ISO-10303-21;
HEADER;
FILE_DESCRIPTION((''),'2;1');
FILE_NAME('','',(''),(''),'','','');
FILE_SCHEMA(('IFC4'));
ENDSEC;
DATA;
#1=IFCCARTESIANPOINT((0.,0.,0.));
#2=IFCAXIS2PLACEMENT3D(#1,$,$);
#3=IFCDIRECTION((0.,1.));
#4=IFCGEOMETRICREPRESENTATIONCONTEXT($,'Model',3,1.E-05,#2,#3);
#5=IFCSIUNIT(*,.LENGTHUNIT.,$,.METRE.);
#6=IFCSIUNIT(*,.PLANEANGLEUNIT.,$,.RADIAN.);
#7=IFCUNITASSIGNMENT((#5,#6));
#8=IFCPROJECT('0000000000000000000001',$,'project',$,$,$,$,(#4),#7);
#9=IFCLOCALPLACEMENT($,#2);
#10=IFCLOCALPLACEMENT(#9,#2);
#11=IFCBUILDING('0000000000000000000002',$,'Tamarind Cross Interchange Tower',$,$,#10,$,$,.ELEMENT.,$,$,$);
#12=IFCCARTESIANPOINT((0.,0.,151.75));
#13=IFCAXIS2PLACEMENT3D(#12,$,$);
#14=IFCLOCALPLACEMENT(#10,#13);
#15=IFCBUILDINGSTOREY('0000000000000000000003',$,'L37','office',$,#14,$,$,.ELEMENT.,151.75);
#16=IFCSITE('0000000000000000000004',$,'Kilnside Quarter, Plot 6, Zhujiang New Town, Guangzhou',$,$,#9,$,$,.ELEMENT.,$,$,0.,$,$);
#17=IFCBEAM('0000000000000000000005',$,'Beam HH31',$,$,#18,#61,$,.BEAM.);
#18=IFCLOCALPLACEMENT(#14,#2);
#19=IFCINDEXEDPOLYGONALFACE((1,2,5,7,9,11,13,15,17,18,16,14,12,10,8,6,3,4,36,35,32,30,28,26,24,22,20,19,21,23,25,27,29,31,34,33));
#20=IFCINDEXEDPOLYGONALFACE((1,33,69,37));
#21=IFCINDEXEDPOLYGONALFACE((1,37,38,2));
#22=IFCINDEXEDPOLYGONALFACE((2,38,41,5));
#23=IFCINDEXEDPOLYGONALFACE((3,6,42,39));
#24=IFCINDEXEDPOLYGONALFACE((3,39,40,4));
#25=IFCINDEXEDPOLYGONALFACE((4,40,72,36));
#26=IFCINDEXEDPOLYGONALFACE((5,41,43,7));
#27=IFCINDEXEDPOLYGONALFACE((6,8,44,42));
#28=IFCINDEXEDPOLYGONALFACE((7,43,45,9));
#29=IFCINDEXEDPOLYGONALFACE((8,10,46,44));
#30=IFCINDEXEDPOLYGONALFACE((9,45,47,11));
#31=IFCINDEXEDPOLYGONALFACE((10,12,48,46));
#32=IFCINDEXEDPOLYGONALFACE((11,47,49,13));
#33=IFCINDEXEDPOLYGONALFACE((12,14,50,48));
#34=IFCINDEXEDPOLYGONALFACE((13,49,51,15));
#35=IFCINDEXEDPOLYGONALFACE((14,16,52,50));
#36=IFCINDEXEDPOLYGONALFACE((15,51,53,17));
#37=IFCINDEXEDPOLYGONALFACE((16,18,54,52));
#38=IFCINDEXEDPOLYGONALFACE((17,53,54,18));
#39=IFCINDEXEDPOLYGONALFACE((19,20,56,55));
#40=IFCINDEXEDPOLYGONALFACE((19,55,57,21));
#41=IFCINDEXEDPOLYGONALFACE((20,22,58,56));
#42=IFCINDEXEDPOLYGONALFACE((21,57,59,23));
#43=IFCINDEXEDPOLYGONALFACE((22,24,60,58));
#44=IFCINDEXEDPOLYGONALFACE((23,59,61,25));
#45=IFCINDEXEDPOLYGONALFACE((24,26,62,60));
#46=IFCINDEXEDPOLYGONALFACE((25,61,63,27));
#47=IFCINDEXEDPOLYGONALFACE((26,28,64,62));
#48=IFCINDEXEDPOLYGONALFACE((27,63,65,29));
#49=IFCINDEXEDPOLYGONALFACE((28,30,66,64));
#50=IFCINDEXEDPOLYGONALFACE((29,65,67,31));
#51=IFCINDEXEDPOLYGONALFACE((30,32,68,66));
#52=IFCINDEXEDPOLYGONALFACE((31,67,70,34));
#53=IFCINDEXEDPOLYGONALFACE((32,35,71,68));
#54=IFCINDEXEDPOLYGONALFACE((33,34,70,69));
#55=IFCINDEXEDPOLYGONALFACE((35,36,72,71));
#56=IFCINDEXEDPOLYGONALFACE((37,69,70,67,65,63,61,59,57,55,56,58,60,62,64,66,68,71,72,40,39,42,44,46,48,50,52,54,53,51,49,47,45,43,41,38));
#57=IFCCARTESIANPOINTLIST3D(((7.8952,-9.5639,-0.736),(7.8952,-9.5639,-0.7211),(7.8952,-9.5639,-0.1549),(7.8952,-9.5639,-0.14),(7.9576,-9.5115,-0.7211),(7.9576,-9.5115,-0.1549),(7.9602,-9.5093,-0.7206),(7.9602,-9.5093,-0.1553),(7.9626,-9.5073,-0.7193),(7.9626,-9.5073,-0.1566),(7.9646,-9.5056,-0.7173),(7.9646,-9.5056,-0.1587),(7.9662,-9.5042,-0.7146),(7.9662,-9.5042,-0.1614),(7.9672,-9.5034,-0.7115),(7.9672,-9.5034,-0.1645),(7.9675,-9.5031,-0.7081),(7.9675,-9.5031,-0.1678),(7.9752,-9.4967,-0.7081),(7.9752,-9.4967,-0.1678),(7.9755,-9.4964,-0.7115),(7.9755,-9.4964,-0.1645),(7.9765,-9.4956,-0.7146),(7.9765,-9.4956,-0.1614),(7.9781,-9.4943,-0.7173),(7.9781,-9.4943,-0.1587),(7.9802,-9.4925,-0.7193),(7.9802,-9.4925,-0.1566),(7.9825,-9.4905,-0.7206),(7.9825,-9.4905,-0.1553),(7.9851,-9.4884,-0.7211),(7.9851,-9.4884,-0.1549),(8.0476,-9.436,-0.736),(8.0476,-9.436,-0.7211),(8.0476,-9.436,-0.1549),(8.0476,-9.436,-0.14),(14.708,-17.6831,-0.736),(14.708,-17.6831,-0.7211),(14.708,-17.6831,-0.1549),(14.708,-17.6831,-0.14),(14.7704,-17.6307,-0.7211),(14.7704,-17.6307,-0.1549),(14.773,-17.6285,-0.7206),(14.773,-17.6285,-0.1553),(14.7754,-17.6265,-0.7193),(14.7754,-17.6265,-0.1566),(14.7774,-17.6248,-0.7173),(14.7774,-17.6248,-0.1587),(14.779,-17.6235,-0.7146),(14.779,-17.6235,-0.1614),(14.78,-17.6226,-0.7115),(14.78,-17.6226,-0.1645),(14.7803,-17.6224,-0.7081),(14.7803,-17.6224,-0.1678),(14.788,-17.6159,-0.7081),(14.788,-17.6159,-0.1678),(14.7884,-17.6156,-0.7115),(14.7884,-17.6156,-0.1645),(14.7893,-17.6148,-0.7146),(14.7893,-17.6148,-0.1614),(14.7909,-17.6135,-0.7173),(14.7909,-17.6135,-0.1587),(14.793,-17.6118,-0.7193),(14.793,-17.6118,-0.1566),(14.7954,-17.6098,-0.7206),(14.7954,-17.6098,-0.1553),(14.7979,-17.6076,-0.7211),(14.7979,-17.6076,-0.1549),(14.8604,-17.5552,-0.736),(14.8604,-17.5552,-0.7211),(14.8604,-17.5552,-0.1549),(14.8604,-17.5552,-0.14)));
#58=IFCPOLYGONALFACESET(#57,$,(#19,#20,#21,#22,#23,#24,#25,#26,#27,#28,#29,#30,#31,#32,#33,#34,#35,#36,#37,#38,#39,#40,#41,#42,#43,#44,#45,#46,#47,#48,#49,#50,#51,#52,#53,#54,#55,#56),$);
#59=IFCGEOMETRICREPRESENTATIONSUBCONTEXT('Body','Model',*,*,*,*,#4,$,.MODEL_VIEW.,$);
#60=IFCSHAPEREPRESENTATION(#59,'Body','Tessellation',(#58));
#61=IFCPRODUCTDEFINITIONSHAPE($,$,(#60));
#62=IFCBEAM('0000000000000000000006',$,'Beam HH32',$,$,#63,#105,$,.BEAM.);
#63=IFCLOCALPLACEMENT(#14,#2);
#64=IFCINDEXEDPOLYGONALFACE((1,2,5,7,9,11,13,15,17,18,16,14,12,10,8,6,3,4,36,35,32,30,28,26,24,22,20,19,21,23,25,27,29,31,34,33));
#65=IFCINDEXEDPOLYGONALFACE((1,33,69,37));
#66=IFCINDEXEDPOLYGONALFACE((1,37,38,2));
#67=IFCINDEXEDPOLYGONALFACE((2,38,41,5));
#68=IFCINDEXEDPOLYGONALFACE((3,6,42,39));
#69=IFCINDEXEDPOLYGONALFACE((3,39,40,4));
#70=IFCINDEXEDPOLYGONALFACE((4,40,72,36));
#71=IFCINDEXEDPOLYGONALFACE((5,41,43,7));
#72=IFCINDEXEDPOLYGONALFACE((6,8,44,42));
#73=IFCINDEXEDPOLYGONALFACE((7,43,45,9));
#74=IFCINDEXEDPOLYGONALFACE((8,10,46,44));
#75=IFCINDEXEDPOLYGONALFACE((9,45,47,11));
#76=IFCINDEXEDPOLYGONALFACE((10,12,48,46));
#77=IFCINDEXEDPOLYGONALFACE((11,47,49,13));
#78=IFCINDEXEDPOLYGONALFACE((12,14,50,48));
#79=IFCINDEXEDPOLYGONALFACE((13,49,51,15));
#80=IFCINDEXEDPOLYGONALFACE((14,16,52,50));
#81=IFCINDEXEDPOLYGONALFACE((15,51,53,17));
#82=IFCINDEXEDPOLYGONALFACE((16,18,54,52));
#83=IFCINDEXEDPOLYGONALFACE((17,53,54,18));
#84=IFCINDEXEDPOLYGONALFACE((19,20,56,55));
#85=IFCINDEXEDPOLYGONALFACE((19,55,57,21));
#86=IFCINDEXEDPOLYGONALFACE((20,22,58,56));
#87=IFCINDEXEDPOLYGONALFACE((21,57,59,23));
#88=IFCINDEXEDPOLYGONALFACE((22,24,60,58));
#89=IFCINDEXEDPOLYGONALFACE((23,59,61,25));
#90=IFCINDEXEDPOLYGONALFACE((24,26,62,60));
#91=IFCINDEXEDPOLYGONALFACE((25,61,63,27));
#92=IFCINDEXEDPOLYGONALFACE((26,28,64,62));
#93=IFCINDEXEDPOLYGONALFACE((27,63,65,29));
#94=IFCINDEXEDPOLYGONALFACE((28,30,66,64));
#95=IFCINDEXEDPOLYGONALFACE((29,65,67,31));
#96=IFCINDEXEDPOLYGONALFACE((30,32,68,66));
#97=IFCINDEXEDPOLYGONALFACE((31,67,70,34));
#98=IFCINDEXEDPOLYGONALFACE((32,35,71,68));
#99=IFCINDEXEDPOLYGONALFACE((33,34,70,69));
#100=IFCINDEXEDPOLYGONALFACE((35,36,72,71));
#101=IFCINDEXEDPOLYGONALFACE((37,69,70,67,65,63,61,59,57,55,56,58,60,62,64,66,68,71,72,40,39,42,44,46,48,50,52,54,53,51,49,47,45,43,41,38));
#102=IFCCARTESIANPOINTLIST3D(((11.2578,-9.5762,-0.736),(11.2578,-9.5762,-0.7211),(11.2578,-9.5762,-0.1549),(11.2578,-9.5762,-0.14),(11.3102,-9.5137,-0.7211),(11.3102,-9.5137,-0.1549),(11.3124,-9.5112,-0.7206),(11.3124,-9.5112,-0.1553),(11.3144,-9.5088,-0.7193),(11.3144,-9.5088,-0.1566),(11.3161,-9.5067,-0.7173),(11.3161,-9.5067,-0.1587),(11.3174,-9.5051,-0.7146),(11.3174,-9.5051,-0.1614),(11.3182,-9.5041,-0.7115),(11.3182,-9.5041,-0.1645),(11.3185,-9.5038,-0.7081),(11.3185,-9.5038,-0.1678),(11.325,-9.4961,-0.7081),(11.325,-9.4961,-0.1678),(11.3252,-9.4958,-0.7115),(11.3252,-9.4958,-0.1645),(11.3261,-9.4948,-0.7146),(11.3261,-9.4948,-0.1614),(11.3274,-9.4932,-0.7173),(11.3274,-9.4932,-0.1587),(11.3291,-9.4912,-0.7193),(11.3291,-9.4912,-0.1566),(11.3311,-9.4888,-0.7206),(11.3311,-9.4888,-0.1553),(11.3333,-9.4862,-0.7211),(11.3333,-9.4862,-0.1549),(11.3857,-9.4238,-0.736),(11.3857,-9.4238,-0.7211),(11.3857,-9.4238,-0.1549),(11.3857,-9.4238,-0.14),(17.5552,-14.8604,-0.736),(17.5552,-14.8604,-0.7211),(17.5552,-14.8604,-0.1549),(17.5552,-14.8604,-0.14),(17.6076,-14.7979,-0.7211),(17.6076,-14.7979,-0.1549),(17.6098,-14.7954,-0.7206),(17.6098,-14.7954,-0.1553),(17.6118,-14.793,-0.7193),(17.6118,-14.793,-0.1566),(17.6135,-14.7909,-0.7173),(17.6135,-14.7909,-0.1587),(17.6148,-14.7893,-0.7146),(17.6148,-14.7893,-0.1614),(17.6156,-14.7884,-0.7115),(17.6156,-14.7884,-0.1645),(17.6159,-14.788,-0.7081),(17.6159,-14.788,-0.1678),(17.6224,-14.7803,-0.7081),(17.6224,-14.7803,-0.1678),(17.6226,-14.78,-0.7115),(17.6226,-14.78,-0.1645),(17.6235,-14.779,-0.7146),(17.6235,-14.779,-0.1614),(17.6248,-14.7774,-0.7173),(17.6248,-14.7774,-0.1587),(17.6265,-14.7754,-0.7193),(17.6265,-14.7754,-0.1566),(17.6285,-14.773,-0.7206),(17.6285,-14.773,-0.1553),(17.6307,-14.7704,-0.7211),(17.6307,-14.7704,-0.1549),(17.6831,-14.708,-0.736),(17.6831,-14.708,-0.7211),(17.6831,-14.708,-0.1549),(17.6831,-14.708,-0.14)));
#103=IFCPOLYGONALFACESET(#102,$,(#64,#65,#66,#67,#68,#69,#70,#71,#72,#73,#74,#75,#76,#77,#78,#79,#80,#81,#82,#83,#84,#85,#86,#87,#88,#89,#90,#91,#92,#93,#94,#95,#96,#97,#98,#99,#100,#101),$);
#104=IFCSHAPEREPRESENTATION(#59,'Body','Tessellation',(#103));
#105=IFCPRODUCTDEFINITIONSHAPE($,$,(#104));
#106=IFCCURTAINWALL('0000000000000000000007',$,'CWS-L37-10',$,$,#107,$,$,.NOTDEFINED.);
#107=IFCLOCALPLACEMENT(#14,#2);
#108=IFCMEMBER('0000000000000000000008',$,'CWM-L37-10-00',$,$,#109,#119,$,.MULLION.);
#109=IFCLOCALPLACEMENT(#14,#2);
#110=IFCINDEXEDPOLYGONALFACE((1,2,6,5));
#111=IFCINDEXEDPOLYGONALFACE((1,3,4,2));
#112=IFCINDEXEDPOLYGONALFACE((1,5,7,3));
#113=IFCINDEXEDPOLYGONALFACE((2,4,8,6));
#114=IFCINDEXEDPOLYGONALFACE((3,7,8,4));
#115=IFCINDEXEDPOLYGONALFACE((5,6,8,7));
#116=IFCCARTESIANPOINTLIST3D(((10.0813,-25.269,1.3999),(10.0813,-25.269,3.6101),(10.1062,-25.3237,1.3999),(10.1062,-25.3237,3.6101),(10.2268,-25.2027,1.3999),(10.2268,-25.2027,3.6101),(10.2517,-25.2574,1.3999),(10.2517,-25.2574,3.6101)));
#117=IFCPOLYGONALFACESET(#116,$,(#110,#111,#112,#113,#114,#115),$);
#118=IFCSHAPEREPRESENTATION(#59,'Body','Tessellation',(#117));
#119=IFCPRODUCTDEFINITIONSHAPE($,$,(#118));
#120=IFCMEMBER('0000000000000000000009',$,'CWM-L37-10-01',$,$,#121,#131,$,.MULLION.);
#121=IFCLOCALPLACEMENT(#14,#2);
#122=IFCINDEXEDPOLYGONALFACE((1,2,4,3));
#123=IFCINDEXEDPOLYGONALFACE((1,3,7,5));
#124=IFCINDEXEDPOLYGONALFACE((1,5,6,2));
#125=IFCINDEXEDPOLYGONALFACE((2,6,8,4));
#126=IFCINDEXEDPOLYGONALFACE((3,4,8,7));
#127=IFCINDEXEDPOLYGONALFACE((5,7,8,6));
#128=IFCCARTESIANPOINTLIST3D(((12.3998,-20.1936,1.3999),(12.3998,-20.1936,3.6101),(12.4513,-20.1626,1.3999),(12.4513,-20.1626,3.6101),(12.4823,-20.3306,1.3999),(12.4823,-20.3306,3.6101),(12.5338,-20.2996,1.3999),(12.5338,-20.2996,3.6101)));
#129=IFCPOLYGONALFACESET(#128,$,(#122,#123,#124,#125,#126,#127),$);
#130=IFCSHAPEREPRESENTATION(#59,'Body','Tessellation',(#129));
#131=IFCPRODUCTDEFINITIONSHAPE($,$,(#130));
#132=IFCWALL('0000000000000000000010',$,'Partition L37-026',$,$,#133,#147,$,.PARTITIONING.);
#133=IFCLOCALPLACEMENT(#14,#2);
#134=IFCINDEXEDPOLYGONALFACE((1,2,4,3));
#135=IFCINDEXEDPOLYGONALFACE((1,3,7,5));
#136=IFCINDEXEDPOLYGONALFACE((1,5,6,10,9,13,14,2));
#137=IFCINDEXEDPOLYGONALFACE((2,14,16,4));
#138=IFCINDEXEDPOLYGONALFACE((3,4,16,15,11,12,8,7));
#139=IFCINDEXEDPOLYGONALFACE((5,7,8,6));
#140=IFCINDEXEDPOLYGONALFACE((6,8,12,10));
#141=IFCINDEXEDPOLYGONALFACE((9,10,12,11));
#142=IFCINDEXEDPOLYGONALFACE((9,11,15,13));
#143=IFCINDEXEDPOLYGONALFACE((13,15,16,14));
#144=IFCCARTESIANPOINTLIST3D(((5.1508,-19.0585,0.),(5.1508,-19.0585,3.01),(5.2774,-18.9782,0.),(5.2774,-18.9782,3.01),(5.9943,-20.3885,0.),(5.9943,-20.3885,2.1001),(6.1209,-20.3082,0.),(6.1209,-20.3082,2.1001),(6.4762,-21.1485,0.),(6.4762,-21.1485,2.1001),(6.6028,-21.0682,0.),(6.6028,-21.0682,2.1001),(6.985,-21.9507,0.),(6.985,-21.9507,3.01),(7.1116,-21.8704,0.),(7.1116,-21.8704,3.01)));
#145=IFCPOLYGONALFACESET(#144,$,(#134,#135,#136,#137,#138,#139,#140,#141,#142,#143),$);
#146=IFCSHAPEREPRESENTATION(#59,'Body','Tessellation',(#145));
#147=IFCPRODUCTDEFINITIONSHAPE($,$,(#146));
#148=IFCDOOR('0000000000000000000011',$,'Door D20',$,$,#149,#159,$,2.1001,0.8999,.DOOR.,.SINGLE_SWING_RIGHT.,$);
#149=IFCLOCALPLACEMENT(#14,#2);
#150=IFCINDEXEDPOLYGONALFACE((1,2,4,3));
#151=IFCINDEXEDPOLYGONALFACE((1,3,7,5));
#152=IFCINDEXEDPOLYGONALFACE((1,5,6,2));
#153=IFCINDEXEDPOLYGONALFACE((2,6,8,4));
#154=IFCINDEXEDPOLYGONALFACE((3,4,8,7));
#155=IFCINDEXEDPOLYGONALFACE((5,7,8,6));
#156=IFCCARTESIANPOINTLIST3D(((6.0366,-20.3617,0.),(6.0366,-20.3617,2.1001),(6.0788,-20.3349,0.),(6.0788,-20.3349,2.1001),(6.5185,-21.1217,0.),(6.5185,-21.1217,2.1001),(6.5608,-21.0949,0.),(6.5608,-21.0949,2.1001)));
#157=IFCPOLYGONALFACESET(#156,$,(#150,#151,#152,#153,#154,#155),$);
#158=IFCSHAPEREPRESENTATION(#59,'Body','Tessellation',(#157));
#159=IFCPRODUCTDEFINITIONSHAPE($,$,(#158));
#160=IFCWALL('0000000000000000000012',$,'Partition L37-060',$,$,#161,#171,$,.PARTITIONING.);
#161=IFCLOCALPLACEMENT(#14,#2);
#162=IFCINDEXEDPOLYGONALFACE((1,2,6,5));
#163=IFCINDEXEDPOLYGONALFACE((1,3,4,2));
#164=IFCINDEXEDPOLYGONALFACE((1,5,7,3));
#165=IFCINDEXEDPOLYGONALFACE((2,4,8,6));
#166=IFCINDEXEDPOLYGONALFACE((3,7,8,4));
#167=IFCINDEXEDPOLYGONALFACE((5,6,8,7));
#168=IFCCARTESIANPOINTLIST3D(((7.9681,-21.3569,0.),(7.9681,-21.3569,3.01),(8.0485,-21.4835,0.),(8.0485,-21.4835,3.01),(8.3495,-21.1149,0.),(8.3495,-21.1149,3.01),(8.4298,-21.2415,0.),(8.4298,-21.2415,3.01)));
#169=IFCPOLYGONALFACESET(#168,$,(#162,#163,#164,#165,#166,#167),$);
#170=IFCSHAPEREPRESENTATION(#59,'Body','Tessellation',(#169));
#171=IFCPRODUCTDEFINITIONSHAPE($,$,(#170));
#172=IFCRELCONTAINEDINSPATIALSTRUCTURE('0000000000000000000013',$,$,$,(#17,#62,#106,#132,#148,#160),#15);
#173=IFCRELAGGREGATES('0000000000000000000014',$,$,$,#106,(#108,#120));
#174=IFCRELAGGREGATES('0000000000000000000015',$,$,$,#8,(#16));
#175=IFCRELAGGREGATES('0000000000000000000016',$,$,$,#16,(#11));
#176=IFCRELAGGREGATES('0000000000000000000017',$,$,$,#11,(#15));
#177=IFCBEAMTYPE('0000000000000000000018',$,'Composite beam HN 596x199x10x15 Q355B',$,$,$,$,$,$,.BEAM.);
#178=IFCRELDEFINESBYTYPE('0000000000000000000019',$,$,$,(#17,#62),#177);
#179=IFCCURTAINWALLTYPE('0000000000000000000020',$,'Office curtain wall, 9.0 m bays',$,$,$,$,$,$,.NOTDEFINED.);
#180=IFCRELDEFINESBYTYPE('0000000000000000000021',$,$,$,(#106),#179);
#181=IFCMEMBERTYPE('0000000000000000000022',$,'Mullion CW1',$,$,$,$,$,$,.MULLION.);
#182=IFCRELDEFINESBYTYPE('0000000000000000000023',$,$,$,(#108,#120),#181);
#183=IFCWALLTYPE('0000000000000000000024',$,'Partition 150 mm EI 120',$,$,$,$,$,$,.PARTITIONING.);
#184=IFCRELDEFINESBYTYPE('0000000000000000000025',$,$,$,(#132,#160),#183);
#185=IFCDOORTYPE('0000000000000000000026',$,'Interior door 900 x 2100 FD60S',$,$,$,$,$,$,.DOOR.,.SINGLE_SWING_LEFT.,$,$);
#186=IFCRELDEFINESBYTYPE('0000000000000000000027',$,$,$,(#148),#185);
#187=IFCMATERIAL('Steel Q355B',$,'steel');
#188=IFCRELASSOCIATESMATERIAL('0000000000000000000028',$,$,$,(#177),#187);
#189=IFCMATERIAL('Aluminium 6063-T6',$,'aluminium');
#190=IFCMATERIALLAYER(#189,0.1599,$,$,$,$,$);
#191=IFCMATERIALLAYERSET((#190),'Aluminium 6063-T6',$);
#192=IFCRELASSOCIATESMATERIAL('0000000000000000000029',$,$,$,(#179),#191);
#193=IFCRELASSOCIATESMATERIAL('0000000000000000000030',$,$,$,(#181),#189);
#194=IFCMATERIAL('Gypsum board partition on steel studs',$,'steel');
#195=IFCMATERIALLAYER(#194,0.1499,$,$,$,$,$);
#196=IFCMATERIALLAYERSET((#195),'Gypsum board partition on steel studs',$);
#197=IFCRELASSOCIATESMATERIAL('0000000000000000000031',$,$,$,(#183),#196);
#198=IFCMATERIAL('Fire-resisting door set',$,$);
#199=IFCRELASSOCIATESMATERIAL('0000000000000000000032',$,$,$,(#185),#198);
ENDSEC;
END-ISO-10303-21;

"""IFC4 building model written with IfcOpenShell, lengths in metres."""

from ifc_helpers import new_model, si_unit, direction, frame, frame_2d, origin, origin_2d, place, context, subcontext, project, spatial, rectangle, i_section, extrude, material, layer, layer_set, material_profile, profile_set, type_object, element, fill, aggregate, save


model = new_model("IFC4")

# Units and contexts
model_context = context("Model", 3, precision=1e-05, world=origin(), true_north=direction((0.0, 1.0)))
body_context = subcontext(model_context, "Body", "Model", "MODEL_VIEW")
ifc_project = project(units=[si_unit("LENGTHUNIT", "METRE"), si_unit("PLANEANGLEUNIT", "RADIAN")], contexts=[model_context])

# Site, building, storey
site_placement = place(None, origin())
site = spatial("IfcSite", under=ifc_project, at=site_placement, Name="Kilnside Quarter, Plot 6, Zhujiang New Town, Guangzhou", CompositionType="ELEMENT", RefElevation=0.0)
building_placement = place(site_placement, origin())
building = spatial("IfcBuilding", under=site, at=building_placement, Name="Tamarind Cross Interchange Tower", CompositionType="ELEMENT")
storey_placement = place(building_placement, frame((0.0, 0.0, 151.75)))
storey = spatial("IfcBuildingStorey", under=building, at=storey_placement, Name="L37", Description="office", CompositionType="ELEMENT", Elevation=151.75)

# Beams
ifc_material_1 = material(Name="Steel Q355B", Category="steel")
ifc_material_profile_1 = material_profile(ifc_material_1, i_section(OverallWidth=0.199, OverallDepth=0.5959, WebThickness=0.01, FlangeThickness=0.0149, FilletRadius=0.0129, at=origin_2d()), Name="HN 596x199x10x15")
ifc_profile_set_1 = profile_set([ifc_material_profile_1], Name="Steel Q355B")
beam_type_1 = type_object("IfcBeamType", Name="Composite beam HN 596x199x10x15 Q355B", PredefinedType="BEAM", material=ifc_profile_set_1)
beam_1_placement = place(storey_placement, frame((14.7842, -17.6191, -0.438), z_axis=(-0.642786, 0.766046, 0.0), x_axis=(-0.766046, -0.642786, 0.0)))
element("IfcBeam", 1, at=beam_1_placement, inside=storey, type_object=beam_type_1, Name="Beam HH31", PredefinedType="BEAM", context=body_context, shape_type="SweptSolid", body=[
    extrude(i_section(OverallWidth=0.199, OverallDepth=0.5959, WebThickness=0.01, FlangeThickness=0.0149, FilletRadius=0.0129, at=origin_2d()), origin(), (0.0, 0.0, 1.0), 10.5989),
])
beam_2_placement = place(storey_placement, frame((17.6191, -14.7842, -0.438), z_axis=(-0.766041, 0.642792, 0.0), x_axis=(-0.642792, -0.766041, 0.0)))
element("IfcBeam", 2, at=beam_2_placement, inside=storey, type_object=beam_type_1, Name="Beam HH32", PredefinedType="BEAM", context=body_context, shape_type="SweptSolid", body=[
    extrude(i_section(OverallWidth=0.199, OverallDepth=0.5959, WebThickness=0.01, FlangeThickness=0.0149, FilletRadius=0.0129, at=origin_2d()), origin(), (0.0, 0.0, 1.0), 8.2207),
])

# Curtain wall, members
ifc_material_2 = material(Name="Aluminium 6063-T6", Category="aluminium")
ifc_layer_1 = layer(ifc_material_2, 0.1599)
ifc_layer_set_1 = layer_set([ifc_layer_1], Name="Aluminium 6063-T6")
curtain_wall_type = type_object("IfcCurtainWallType", Name="Office curtain wall, 9.0 m bays", PredefinedType="NOTDEFINED", material=ifc_layer_set_1)
curtain_wall_placement = place(storey_placement, origin())
curtain_wall = element("IfcCurtainWall", 3, at=curtain_wall_placement, inside=storey, type_object=curtain_wall_type, Name="CWS-L37-10", PredefinedType="NOTDEFINED")
ifc_material_profile_2 = material_profile(ifc_material_2, rectangle(XDim=0.0601, YDim=0.1599, at=origin_2d()), Name="Mullion CW1")
ifc_profile_set_2 = profile_set([ifc_material_profile_2], Name="Aluminium 6063-T6")
member_type = type_object("IfcMemberType", Name="Mullion CW1", PredefinedType="MULLION", material=ifc_profile_set_2)
member_1_placement = place(storey_placement, frame((10.1665, -25.2632, 1.3999), z_axis=(0.0, 0.0, 1.0), x_axis=(-0.414658, 0.909977, 0.0)))
member_1 = element("IfcMember", 4, at=member_1_placement, type_object=member_type, Name="CWM-L37-10-00", PredefinedType="MULLION", context=body_context, shape_type="SweptSolid", body=[
    extrude(rectangle(XDim=0.0601, YDim=0.1599, at=origin_2d()), origin(), (0.0, 0.0, 1.0), 2.2102),
])
member_2_placement = place(storey_placement, frame((12.4668, -20.2466, 1.3999), z_axis=(0.0, 0.0, 1.0), x_axis=(0.856648, 0.515901, 0.0)))
member_2 = element("IfcMember", 5, at=member_2_placement, type_object=member_type, Name="CWM-L37-10-01", PredefinedType="MULLION", context=body_context, shape_type="SweptSolid", body=[
    extrude(rectangle(XDim=0.0601, YDim=0.1599, at=origin_2d()), origin(), (0.0, 0.0, 1.0), 2.2102),
])
aggregate(curtain_wall, [member_1, member_2])

# Wall, opening, door
ifc_material_3 = material(Name="Gypsum board partition on steel studs", Category="steel")
ifc_layer_2 = layer(ifc_material_3, 0.1499)
ifc_layer_set_2 = layer_set([ifc_layer_2], Name="Gypsum board partition on steel studs")
wall_type = type_object("IfcWallType", Name="Partition 150 mm EI 120", PredefinedType="PARTITIONING", material=ifc_layer_set_2)
wall_1_placement = place(storey_placement, frame((5.2141, -19.0183, 0.0), z_axis=(0.0, 0.0, 1.0), x_axis=(0.535556, -0.8445, 0.0)))
wall_1 = element("IfcWall", 6, at=wall_1_placement, inside=storey, type_object=wall_type, Name="Partition L37-026", PredefinedType="PARTITIONING", context=body_context, shape_type="SweptSolid", body=[
    extrude(rectangle(XDim=3.4248, YDim=0.1499, at=frame_2d((1.7124, 0.0))), origin(), (0.0, 0.0, 1.0), 3.01),
])
opening_placement = place(wall_1_placement, frame((1.575, 0.0, 0.0)))
opening = element("IfcOpeningElement", 7, at=opening_placement, cuts=wall_1, PredefinedType="OPENING", context=body_context, shape_type="SweptSolid", body=[
    extrude(rectangle(XDim=0.8999, YDim=2.1001, at=frame_2d((0.45, 1.05))), frame((0.0, 0.085, 0.0), z_axis=(0.0, -1.0, 0.0), x_axis=(1.0, 0.0, 0.0)), (0.0, 0.0, 1.0), 0.1699),
])
ifc_material_4 = material(Name="Fire-resisting door set")
door_type = type_object("IfcDoorType", Name="Interior door 900 x 2100 FD60S", OperationType="SINGLE_SWING_LEFT", PredefinedType="DOOR", material=ifc_material_4)
door_placement = place(opening_placement, frame((0.8999, 0.0, 0.0), z_axis=(0.0, 0.0, 1.0), x_axis=(-1.0, 0.0, 0.0)))
door = element("IfcDoor", 8, at=door_placement, inside=storey, type_object=door_type, Name="Door D20", OperationType="SINGLE_SWING_RIGHT", OverallHeight=2.1001, OverallWidth=0.8999, PredefinedType="DOOR", context=body_context, shape_type="SweptSolid", body=[
    extrude(rectangle(XDim=0.8999, YDim=2.1001, at=frame_2d((0.45, 1.05))), frame((0.0, 0.0249, 0.0), z_axis=(0.0, -1.0, 0.0), x_axis=(1.0, 0.0, 0.0)), (0.0, 0.0, 1.0), 0.05),
])
fill(opening, door)

# Wall
wall_2_placement = place(storey_placement, frame((8.0083, -21.4202, 0.0), z_axis=(0.0, 0.0, 1.0), x_axis=(0.844395, 0.535721, 0.0)))
element("IfcWall", 9, at=wall_2_placement, inside=storey, type_object=wall_type, Name="Partition L37-060", PredefinedType="PARTITIONING", context=body_context, shape_type="SweptSolid", body=[
    extrude(rectangle(XDim=0.4517, YDim=0.1499, at=frame_2d((0.2258, 0.0))), origin(), (0.0, 0.0, 1.0), 3.01),
])

save(model, "model.ifc")
